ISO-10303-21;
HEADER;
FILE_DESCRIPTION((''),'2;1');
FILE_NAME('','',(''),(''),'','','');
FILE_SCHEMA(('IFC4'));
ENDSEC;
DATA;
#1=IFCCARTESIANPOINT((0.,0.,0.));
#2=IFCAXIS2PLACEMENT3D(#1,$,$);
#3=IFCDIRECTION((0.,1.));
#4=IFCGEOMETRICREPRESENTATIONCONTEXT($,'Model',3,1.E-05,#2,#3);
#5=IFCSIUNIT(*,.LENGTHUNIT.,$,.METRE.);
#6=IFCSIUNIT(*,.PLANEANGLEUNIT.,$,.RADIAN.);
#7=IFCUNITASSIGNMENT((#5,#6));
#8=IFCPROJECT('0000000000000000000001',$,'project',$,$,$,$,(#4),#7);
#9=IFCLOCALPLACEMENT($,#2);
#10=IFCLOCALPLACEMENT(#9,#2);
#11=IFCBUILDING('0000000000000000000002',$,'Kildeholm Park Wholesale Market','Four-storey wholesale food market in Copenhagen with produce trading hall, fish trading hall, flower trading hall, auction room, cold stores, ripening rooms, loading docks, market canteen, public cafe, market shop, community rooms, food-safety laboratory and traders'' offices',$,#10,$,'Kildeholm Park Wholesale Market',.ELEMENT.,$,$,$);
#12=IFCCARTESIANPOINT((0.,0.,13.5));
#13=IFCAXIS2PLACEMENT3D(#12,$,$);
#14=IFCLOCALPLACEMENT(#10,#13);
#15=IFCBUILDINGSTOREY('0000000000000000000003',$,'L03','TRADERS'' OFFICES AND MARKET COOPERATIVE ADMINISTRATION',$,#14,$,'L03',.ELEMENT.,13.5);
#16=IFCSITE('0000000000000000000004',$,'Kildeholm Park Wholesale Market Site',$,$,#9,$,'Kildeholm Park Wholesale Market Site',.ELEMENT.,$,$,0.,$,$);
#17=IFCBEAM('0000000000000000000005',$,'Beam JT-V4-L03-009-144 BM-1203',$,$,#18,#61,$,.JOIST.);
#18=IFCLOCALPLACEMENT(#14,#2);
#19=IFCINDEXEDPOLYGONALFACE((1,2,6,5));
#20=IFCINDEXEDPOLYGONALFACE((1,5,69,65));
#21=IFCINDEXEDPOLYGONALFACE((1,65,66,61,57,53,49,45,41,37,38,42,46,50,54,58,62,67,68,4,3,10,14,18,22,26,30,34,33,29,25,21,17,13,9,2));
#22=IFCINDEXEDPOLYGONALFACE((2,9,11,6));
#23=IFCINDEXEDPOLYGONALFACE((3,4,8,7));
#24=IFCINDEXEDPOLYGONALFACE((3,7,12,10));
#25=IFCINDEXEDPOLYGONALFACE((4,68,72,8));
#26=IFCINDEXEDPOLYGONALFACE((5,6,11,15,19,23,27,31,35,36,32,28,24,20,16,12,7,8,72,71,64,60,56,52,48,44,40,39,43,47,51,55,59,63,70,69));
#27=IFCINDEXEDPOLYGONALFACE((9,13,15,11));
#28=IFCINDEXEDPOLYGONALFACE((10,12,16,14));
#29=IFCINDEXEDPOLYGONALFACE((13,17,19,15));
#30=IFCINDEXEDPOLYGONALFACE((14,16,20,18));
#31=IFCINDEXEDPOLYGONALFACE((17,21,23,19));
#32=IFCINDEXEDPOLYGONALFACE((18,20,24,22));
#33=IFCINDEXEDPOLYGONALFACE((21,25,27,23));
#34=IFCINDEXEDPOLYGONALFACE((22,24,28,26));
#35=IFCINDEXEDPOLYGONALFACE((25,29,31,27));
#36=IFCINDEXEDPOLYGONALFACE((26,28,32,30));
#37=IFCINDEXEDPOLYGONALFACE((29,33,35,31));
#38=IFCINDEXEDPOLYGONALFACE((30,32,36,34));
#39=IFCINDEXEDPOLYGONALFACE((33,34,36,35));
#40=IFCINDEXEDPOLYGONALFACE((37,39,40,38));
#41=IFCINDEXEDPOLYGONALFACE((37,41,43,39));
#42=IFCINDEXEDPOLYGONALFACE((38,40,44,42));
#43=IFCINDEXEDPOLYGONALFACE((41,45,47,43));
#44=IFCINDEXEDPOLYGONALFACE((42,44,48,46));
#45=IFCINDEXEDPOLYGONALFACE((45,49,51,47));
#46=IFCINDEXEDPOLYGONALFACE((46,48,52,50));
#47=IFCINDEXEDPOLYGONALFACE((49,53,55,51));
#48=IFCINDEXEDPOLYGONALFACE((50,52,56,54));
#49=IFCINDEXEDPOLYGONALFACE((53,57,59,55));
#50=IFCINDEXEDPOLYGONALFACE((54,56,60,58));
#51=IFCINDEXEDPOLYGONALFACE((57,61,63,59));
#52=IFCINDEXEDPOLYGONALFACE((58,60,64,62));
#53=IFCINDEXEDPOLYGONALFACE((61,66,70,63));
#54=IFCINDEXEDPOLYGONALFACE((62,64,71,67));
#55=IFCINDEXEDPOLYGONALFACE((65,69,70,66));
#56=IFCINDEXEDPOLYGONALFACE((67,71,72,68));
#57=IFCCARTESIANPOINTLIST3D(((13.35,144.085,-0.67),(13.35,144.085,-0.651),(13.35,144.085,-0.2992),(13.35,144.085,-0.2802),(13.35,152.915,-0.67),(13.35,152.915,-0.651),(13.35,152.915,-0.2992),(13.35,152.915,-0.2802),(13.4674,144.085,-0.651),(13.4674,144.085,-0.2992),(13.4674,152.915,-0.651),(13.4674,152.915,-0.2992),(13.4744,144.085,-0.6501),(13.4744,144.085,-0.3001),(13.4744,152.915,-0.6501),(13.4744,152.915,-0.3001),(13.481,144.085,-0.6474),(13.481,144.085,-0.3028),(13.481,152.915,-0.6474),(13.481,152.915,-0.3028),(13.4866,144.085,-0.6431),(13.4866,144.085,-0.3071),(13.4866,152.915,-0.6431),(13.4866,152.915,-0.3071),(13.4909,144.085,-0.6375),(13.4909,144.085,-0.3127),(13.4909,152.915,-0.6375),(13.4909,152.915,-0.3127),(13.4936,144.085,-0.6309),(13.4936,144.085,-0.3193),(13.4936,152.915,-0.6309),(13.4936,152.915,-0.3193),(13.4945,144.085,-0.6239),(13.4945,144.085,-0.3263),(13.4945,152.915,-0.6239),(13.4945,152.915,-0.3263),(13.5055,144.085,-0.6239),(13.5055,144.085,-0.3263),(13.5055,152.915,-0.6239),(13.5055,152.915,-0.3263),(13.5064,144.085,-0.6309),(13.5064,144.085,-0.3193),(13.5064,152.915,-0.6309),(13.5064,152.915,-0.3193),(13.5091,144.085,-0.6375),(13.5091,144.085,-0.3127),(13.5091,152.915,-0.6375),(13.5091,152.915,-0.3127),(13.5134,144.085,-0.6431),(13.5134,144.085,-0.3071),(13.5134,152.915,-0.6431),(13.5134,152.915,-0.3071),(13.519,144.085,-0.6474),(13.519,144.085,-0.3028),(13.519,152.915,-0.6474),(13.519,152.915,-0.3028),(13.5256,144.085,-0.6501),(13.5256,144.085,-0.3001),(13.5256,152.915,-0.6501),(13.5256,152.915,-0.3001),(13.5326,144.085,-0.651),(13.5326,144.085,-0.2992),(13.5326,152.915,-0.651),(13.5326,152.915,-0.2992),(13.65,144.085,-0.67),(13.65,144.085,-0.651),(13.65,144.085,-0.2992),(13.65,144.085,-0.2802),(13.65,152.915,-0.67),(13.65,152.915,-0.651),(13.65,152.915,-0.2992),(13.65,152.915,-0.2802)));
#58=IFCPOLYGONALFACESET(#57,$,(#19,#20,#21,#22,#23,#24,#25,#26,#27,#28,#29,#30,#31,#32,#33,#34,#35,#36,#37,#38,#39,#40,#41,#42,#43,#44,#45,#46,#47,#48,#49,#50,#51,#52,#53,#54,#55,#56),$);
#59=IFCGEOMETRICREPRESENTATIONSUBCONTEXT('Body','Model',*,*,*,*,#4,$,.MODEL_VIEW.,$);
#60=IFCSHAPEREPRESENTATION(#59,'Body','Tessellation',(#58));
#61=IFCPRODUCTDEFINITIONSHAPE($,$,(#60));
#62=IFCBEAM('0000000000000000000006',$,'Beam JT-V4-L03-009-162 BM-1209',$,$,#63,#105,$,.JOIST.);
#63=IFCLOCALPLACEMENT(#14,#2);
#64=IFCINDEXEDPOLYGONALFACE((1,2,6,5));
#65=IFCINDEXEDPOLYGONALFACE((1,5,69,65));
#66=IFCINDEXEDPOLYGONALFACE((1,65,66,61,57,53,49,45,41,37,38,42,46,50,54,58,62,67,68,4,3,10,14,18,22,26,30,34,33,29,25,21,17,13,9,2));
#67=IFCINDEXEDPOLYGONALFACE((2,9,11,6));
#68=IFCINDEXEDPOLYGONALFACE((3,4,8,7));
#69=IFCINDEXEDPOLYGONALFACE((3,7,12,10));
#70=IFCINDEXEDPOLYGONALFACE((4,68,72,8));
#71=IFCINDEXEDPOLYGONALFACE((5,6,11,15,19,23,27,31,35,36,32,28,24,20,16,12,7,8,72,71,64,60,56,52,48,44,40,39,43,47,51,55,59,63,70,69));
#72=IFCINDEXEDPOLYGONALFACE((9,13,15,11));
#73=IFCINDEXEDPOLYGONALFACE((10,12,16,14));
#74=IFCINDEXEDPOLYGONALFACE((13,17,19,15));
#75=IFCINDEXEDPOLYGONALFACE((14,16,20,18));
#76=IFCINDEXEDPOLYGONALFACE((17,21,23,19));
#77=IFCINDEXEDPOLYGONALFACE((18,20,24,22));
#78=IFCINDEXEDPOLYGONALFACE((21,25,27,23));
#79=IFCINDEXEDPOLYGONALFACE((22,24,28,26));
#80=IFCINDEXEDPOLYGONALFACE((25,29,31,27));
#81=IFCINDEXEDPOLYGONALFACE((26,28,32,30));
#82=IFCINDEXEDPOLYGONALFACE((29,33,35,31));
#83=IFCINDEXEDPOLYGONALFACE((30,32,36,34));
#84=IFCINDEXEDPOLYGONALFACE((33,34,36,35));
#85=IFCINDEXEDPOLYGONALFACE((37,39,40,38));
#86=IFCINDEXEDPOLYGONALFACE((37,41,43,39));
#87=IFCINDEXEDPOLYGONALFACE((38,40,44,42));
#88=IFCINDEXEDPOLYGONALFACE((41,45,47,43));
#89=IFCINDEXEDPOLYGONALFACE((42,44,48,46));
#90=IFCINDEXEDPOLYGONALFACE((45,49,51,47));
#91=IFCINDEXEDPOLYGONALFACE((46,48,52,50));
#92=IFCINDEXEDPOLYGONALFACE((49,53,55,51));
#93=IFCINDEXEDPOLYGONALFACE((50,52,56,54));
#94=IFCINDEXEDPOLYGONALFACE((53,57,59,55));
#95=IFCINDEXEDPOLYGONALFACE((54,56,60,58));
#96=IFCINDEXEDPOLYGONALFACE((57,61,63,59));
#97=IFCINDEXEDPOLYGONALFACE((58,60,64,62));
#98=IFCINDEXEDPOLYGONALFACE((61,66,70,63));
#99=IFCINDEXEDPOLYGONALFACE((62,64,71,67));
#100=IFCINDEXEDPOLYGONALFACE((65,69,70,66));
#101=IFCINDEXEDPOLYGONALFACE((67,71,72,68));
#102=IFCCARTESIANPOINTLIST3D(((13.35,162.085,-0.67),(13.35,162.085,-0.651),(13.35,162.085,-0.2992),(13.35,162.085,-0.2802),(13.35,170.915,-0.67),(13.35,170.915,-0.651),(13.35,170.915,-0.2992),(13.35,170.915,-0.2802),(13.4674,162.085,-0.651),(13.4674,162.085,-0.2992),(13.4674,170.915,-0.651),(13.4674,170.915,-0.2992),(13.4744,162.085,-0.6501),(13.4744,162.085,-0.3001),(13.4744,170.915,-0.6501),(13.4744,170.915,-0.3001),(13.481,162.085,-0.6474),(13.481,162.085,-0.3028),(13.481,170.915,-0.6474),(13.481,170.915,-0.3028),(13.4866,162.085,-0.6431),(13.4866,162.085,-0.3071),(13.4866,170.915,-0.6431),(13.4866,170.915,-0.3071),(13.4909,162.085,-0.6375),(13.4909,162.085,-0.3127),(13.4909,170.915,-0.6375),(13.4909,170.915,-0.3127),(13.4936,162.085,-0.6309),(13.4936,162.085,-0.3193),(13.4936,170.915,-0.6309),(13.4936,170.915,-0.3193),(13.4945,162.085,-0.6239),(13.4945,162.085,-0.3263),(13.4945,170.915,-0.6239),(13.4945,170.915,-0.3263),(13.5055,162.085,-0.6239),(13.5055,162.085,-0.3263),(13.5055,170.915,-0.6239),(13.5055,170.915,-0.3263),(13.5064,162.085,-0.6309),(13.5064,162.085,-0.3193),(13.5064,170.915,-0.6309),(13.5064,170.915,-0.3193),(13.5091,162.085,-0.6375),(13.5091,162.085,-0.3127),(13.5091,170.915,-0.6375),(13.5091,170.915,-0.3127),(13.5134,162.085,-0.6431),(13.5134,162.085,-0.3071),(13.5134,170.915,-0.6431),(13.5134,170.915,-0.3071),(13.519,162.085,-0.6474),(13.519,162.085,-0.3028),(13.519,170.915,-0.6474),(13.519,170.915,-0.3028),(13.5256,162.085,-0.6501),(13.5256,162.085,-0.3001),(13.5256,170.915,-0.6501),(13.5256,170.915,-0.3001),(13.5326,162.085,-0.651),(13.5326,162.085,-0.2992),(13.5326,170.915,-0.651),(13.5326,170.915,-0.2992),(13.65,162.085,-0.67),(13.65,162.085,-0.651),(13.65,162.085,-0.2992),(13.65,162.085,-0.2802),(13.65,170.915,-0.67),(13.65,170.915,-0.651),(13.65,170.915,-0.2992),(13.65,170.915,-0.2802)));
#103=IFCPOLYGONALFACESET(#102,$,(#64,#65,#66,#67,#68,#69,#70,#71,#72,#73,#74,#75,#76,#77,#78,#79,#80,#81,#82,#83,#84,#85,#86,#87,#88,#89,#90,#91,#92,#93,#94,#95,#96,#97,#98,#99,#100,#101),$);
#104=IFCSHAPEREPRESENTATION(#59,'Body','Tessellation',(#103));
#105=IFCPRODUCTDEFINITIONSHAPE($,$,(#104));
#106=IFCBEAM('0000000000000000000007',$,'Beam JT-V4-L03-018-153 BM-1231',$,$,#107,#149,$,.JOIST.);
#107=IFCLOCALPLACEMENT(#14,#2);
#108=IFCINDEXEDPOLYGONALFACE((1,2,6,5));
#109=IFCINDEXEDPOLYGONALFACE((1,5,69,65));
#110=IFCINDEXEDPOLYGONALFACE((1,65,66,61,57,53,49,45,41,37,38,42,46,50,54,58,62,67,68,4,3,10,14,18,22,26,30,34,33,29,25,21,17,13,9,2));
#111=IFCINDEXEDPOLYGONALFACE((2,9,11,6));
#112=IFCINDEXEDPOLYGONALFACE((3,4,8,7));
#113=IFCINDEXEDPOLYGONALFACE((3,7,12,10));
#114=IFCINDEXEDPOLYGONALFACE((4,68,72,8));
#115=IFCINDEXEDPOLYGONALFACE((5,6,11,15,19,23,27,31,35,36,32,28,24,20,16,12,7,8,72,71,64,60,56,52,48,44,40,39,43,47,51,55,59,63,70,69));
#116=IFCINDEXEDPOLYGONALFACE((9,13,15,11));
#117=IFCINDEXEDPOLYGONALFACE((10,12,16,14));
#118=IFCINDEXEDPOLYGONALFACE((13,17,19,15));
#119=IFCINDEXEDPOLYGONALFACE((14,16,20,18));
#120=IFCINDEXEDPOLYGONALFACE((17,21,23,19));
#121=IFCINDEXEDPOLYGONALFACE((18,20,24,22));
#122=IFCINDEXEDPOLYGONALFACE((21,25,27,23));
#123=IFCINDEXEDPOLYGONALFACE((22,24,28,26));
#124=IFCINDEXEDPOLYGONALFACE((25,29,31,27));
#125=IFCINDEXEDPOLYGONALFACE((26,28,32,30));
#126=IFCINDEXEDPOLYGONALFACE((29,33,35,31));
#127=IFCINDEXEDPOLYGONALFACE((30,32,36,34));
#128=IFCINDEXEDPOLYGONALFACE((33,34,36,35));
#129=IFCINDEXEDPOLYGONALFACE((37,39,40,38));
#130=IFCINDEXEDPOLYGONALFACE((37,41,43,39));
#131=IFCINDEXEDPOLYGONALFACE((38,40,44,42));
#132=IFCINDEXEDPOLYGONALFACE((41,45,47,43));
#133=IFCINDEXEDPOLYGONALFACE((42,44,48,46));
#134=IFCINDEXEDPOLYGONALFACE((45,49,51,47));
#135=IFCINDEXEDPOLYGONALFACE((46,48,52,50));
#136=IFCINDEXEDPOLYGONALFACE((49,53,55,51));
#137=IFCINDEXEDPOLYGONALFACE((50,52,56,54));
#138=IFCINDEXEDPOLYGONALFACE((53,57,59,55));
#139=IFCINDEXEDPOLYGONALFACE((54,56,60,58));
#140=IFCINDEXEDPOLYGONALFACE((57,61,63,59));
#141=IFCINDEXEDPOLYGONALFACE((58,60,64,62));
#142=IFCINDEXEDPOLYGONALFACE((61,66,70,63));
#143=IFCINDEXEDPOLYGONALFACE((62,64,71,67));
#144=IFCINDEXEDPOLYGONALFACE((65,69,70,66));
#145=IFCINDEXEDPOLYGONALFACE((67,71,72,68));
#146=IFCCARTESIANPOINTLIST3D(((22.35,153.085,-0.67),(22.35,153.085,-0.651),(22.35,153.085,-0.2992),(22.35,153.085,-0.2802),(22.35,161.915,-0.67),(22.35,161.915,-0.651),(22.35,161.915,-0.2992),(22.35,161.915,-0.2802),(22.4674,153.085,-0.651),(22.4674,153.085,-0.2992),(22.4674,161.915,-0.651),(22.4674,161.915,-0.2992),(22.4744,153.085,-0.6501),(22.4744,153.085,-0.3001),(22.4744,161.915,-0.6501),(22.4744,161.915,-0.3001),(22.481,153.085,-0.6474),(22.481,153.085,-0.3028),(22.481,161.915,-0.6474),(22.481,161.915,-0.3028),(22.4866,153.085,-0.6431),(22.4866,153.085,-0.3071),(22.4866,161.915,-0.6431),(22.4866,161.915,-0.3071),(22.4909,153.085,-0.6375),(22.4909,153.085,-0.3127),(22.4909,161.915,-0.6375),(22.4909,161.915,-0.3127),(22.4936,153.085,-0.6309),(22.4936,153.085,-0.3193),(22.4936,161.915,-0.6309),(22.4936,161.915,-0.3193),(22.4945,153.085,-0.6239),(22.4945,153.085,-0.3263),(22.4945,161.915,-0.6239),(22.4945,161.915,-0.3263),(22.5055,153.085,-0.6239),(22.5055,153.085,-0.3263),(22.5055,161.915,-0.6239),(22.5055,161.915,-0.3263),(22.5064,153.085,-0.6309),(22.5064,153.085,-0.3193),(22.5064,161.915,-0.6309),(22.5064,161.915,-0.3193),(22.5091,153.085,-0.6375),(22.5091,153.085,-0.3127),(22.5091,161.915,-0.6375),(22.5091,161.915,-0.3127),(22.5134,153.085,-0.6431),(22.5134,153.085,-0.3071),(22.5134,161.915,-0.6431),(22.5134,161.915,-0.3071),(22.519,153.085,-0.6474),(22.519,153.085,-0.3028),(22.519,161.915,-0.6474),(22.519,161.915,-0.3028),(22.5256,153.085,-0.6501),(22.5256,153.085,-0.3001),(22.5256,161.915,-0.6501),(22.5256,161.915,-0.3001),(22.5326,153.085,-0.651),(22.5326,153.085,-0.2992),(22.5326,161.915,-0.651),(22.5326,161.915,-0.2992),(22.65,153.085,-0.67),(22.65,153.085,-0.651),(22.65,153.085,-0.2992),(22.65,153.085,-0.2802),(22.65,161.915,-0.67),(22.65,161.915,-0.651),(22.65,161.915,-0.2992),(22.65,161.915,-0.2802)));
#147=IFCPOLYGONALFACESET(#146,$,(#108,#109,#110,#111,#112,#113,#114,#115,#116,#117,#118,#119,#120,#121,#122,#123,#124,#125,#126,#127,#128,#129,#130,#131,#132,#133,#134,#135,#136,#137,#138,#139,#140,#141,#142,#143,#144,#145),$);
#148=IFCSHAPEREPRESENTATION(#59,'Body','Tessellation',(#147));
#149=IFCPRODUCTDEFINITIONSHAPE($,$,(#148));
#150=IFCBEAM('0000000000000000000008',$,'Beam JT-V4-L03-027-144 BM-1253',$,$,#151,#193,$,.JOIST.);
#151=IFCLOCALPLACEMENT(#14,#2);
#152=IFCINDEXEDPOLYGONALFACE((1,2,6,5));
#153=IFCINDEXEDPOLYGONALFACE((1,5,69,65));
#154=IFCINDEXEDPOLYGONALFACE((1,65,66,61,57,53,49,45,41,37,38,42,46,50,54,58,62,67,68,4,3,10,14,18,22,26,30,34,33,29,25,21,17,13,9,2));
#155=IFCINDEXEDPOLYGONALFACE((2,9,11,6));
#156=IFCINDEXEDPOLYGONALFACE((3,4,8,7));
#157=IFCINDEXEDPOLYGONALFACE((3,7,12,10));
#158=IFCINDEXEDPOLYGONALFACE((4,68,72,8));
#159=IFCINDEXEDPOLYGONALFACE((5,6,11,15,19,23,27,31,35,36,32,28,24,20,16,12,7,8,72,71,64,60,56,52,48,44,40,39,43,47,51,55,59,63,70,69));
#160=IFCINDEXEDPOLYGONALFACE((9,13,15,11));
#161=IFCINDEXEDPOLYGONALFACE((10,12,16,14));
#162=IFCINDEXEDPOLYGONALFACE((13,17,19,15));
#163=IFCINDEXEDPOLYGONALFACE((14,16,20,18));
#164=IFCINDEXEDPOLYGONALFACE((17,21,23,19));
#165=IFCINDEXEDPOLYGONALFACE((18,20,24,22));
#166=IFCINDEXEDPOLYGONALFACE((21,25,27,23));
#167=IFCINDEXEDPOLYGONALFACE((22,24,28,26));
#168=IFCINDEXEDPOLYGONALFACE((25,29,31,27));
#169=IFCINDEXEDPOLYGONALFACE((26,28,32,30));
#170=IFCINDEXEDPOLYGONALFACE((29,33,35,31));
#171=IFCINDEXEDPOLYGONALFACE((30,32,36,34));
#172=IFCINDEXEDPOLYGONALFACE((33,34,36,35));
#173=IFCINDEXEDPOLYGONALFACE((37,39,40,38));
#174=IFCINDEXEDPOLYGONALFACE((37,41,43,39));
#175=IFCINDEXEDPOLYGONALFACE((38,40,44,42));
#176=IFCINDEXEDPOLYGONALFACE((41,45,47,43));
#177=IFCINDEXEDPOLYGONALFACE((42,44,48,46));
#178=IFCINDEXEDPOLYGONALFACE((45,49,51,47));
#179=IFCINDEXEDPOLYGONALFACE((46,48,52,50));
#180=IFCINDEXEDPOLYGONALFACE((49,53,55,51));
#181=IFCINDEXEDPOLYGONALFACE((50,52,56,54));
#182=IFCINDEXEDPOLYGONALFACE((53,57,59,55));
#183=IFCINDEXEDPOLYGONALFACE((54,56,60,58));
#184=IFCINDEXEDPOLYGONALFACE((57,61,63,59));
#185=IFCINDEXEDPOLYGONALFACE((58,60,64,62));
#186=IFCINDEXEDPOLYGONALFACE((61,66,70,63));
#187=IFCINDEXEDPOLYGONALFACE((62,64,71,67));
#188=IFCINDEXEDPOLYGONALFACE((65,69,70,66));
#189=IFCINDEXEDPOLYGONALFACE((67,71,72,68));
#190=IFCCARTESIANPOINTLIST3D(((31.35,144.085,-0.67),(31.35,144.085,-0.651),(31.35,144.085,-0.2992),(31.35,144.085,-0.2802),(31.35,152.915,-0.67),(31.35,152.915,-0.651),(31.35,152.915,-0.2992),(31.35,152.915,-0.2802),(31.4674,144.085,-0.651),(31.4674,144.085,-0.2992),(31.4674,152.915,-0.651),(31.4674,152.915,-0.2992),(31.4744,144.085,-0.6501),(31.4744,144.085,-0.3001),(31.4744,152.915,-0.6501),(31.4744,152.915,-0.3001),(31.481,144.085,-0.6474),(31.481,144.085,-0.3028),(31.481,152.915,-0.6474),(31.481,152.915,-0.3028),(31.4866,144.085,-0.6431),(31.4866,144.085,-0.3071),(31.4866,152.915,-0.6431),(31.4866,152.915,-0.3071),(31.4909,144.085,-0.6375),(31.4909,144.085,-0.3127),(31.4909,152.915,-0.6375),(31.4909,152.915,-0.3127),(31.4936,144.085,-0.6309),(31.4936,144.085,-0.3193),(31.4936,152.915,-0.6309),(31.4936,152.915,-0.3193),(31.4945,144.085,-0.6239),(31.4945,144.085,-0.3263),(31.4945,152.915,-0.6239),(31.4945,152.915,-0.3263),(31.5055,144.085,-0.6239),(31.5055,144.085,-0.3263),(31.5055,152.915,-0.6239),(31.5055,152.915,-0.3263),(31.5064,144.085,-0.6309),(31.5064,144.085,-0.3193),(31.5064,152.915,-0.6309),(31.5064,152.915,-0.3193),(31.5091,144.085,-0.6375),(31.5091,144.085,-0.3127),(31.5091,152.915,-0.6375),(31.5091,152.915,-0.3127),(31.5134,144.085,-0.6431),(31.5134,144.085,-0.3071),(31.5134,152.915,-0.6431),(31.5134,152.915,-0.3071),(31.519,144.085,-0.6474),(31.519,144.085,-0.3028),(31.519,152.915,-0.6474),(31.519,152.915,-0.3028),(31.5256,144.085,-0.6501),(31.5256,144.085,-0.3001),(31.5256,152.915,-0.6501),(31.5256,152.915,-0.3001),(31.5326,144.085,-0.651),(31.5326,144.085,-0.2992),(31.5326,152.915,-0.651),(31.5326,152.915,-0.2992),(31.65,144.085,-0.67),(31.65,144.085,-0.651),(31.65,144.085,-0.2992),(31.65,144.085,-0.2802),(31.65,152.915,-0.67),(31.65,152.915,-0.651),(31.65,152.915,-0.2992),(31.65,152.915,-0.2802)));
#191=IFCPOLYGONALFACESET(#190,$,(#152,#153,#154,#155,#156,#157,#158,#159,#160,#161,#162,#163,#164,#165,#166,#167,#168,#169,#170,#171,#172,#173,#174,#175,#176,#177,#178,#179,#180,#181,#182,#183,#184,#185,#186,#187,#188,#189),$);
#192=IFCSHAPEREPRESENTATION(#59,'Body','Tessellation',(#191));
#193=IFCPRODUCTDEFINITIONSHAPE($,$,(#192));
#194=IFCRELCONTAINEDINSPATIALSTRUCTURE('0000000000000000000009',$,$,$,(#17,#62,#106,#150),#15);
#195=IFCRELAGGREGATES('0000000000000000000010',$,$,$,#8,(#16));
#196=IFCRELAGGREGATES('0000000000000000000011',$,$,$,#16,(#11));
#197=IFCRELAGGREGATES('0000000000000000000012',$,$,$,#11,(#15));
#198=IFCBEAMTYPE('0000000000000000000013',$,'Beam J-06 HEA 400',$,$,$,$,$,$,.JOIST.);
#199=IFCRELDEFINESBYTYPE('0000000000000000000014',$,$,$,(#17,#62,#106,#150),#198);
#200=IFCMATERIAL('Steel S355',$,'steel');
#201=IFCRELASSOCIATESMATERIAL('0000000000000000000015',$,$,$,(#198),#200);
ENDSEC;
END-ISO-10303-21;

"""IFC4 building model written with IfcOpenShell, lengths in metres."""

from ifc_helpers import new_model, si_unit, direction, frame, origin, origin_2d, place, context, subcontext, project, spatial, i_section, extrude, material, material_profile, profile_set, type_object, element, save


model = new_model("IFC4")

# Units and contexts
model_context = context("Model", 3, precision=1e-05, world=origin(), true_north=direction((0.0, 1.0)))
body_context = subcontext(model_context, "Body", "Model", "MODEL_VIEW")
ifc_project = project(units=[si_unit("LENGTHUNIT", "METRE"), si_unit("PLANEANGLEUNIT", "RADIAN")], contexts=[model_context])

# Site, building, storey
site_placement = place(None, origin())
site = spatial("IfcSite", under=ifc_project, at=site_placement, Name="Kildeholm Park Wholesale Market Site", LongName="Kildeholm Park Wholesale Market Site", CompositionType="ELEMENT", RefElevation=0.0)
building_placement = place(site_placement, origin())
building = spatial("IfcBuilding", under=site, at=building_placement, Name="Kildeholm Park Wholesale Market", Description="Four-storey wholesale food market in Copenhagen with produce trading hall, fish trading hall, flower trading hall, auction room, cold stores, ripening rooms, loading docks, market canteen, public cafe, market shop, community rooms, food-safety laboratory and traders' offices", LongName="Kildeholm Park Wholesale Market", CompositionType="ELEMENT")
storey_placement = place(building_placement, frame((0.0, 0.0, 13.5)))
storey = spatial("IfcBuildingStorey", under=building, at=storey_placement, Name="L03", Description="TRADERS' OFFICES AND MARKET COOPERATIVE ADMINISTRATION", LongName="L03", CompositionType="ELEMENT", Elevation=13.5)

# Beams
ifc_material_1 = material(Name="Steel S355", Category="steel")
ifc_material_profile_1 = material_profile(ifc_material_1, i_section(OverallWidth=0.3, OverallDepth=0.3899, WebThickness=0.011, FlangeThickness=0.019, FilletRadius=0.0271, at=origin_2d()), Name="HEA 400")
ifc_profile_set_1 = profile_set([ifc_material_profile_1], Name="Steel S355")
beam_type_1 = type_object("IfcBeamType", Name="Beam J-06 HEA 400", PredefinedType="JOIST", material=ifc_profile_set_1)
for number, where, z_axis, x_axis, name in (
    (1, (13.5, 144.085, -0.4751), (0.0, 1.0, 0.0), (-1.0, 0.0, 0.0), "Beam JT-V4-L03-009-144 BM-1203"),
    (2, (13.5, 162.085, -0.4751), (0.0, 1.0, 0.0), (-1.0, 0.0, 0.0), "Beam JT-V4-L03-009-162 BM-1209"),
    (3, (22.5, 153.085, -0.4751), (0.0, 1.0, 0.0), (-1.0, 0.0, 0.0), "Beam JT-V4-L03-018-153 BM-1231"),
    (4, (31.5, 144.085, -0.4751), (0.0, 1.0, 0.0), (-1.0, 0.0, 0.0), "Beam JT-V4-L03-027-144 BM-1253"),
):
    element("IfcBeam", number, at=place(storey_placement, frame(where, z_axis=z_axis, x_axis=x_axis)), inside=storey, type_object=beam_type_1, Name=name, PredefinedType="JOIST", context=body_context, shape_type="SweptSolid", body=[
        extrude(i_section(OverallWidth=0.3, OverallDepth=0.3899, WebThickness=0.011, FlangeThickness=0.019, FilletRadius=0.0271, at=origin_2d()), origin(), (0.0, 0.0, 1.0), 8.8301),
    ])

save(model, "model.ifc")
